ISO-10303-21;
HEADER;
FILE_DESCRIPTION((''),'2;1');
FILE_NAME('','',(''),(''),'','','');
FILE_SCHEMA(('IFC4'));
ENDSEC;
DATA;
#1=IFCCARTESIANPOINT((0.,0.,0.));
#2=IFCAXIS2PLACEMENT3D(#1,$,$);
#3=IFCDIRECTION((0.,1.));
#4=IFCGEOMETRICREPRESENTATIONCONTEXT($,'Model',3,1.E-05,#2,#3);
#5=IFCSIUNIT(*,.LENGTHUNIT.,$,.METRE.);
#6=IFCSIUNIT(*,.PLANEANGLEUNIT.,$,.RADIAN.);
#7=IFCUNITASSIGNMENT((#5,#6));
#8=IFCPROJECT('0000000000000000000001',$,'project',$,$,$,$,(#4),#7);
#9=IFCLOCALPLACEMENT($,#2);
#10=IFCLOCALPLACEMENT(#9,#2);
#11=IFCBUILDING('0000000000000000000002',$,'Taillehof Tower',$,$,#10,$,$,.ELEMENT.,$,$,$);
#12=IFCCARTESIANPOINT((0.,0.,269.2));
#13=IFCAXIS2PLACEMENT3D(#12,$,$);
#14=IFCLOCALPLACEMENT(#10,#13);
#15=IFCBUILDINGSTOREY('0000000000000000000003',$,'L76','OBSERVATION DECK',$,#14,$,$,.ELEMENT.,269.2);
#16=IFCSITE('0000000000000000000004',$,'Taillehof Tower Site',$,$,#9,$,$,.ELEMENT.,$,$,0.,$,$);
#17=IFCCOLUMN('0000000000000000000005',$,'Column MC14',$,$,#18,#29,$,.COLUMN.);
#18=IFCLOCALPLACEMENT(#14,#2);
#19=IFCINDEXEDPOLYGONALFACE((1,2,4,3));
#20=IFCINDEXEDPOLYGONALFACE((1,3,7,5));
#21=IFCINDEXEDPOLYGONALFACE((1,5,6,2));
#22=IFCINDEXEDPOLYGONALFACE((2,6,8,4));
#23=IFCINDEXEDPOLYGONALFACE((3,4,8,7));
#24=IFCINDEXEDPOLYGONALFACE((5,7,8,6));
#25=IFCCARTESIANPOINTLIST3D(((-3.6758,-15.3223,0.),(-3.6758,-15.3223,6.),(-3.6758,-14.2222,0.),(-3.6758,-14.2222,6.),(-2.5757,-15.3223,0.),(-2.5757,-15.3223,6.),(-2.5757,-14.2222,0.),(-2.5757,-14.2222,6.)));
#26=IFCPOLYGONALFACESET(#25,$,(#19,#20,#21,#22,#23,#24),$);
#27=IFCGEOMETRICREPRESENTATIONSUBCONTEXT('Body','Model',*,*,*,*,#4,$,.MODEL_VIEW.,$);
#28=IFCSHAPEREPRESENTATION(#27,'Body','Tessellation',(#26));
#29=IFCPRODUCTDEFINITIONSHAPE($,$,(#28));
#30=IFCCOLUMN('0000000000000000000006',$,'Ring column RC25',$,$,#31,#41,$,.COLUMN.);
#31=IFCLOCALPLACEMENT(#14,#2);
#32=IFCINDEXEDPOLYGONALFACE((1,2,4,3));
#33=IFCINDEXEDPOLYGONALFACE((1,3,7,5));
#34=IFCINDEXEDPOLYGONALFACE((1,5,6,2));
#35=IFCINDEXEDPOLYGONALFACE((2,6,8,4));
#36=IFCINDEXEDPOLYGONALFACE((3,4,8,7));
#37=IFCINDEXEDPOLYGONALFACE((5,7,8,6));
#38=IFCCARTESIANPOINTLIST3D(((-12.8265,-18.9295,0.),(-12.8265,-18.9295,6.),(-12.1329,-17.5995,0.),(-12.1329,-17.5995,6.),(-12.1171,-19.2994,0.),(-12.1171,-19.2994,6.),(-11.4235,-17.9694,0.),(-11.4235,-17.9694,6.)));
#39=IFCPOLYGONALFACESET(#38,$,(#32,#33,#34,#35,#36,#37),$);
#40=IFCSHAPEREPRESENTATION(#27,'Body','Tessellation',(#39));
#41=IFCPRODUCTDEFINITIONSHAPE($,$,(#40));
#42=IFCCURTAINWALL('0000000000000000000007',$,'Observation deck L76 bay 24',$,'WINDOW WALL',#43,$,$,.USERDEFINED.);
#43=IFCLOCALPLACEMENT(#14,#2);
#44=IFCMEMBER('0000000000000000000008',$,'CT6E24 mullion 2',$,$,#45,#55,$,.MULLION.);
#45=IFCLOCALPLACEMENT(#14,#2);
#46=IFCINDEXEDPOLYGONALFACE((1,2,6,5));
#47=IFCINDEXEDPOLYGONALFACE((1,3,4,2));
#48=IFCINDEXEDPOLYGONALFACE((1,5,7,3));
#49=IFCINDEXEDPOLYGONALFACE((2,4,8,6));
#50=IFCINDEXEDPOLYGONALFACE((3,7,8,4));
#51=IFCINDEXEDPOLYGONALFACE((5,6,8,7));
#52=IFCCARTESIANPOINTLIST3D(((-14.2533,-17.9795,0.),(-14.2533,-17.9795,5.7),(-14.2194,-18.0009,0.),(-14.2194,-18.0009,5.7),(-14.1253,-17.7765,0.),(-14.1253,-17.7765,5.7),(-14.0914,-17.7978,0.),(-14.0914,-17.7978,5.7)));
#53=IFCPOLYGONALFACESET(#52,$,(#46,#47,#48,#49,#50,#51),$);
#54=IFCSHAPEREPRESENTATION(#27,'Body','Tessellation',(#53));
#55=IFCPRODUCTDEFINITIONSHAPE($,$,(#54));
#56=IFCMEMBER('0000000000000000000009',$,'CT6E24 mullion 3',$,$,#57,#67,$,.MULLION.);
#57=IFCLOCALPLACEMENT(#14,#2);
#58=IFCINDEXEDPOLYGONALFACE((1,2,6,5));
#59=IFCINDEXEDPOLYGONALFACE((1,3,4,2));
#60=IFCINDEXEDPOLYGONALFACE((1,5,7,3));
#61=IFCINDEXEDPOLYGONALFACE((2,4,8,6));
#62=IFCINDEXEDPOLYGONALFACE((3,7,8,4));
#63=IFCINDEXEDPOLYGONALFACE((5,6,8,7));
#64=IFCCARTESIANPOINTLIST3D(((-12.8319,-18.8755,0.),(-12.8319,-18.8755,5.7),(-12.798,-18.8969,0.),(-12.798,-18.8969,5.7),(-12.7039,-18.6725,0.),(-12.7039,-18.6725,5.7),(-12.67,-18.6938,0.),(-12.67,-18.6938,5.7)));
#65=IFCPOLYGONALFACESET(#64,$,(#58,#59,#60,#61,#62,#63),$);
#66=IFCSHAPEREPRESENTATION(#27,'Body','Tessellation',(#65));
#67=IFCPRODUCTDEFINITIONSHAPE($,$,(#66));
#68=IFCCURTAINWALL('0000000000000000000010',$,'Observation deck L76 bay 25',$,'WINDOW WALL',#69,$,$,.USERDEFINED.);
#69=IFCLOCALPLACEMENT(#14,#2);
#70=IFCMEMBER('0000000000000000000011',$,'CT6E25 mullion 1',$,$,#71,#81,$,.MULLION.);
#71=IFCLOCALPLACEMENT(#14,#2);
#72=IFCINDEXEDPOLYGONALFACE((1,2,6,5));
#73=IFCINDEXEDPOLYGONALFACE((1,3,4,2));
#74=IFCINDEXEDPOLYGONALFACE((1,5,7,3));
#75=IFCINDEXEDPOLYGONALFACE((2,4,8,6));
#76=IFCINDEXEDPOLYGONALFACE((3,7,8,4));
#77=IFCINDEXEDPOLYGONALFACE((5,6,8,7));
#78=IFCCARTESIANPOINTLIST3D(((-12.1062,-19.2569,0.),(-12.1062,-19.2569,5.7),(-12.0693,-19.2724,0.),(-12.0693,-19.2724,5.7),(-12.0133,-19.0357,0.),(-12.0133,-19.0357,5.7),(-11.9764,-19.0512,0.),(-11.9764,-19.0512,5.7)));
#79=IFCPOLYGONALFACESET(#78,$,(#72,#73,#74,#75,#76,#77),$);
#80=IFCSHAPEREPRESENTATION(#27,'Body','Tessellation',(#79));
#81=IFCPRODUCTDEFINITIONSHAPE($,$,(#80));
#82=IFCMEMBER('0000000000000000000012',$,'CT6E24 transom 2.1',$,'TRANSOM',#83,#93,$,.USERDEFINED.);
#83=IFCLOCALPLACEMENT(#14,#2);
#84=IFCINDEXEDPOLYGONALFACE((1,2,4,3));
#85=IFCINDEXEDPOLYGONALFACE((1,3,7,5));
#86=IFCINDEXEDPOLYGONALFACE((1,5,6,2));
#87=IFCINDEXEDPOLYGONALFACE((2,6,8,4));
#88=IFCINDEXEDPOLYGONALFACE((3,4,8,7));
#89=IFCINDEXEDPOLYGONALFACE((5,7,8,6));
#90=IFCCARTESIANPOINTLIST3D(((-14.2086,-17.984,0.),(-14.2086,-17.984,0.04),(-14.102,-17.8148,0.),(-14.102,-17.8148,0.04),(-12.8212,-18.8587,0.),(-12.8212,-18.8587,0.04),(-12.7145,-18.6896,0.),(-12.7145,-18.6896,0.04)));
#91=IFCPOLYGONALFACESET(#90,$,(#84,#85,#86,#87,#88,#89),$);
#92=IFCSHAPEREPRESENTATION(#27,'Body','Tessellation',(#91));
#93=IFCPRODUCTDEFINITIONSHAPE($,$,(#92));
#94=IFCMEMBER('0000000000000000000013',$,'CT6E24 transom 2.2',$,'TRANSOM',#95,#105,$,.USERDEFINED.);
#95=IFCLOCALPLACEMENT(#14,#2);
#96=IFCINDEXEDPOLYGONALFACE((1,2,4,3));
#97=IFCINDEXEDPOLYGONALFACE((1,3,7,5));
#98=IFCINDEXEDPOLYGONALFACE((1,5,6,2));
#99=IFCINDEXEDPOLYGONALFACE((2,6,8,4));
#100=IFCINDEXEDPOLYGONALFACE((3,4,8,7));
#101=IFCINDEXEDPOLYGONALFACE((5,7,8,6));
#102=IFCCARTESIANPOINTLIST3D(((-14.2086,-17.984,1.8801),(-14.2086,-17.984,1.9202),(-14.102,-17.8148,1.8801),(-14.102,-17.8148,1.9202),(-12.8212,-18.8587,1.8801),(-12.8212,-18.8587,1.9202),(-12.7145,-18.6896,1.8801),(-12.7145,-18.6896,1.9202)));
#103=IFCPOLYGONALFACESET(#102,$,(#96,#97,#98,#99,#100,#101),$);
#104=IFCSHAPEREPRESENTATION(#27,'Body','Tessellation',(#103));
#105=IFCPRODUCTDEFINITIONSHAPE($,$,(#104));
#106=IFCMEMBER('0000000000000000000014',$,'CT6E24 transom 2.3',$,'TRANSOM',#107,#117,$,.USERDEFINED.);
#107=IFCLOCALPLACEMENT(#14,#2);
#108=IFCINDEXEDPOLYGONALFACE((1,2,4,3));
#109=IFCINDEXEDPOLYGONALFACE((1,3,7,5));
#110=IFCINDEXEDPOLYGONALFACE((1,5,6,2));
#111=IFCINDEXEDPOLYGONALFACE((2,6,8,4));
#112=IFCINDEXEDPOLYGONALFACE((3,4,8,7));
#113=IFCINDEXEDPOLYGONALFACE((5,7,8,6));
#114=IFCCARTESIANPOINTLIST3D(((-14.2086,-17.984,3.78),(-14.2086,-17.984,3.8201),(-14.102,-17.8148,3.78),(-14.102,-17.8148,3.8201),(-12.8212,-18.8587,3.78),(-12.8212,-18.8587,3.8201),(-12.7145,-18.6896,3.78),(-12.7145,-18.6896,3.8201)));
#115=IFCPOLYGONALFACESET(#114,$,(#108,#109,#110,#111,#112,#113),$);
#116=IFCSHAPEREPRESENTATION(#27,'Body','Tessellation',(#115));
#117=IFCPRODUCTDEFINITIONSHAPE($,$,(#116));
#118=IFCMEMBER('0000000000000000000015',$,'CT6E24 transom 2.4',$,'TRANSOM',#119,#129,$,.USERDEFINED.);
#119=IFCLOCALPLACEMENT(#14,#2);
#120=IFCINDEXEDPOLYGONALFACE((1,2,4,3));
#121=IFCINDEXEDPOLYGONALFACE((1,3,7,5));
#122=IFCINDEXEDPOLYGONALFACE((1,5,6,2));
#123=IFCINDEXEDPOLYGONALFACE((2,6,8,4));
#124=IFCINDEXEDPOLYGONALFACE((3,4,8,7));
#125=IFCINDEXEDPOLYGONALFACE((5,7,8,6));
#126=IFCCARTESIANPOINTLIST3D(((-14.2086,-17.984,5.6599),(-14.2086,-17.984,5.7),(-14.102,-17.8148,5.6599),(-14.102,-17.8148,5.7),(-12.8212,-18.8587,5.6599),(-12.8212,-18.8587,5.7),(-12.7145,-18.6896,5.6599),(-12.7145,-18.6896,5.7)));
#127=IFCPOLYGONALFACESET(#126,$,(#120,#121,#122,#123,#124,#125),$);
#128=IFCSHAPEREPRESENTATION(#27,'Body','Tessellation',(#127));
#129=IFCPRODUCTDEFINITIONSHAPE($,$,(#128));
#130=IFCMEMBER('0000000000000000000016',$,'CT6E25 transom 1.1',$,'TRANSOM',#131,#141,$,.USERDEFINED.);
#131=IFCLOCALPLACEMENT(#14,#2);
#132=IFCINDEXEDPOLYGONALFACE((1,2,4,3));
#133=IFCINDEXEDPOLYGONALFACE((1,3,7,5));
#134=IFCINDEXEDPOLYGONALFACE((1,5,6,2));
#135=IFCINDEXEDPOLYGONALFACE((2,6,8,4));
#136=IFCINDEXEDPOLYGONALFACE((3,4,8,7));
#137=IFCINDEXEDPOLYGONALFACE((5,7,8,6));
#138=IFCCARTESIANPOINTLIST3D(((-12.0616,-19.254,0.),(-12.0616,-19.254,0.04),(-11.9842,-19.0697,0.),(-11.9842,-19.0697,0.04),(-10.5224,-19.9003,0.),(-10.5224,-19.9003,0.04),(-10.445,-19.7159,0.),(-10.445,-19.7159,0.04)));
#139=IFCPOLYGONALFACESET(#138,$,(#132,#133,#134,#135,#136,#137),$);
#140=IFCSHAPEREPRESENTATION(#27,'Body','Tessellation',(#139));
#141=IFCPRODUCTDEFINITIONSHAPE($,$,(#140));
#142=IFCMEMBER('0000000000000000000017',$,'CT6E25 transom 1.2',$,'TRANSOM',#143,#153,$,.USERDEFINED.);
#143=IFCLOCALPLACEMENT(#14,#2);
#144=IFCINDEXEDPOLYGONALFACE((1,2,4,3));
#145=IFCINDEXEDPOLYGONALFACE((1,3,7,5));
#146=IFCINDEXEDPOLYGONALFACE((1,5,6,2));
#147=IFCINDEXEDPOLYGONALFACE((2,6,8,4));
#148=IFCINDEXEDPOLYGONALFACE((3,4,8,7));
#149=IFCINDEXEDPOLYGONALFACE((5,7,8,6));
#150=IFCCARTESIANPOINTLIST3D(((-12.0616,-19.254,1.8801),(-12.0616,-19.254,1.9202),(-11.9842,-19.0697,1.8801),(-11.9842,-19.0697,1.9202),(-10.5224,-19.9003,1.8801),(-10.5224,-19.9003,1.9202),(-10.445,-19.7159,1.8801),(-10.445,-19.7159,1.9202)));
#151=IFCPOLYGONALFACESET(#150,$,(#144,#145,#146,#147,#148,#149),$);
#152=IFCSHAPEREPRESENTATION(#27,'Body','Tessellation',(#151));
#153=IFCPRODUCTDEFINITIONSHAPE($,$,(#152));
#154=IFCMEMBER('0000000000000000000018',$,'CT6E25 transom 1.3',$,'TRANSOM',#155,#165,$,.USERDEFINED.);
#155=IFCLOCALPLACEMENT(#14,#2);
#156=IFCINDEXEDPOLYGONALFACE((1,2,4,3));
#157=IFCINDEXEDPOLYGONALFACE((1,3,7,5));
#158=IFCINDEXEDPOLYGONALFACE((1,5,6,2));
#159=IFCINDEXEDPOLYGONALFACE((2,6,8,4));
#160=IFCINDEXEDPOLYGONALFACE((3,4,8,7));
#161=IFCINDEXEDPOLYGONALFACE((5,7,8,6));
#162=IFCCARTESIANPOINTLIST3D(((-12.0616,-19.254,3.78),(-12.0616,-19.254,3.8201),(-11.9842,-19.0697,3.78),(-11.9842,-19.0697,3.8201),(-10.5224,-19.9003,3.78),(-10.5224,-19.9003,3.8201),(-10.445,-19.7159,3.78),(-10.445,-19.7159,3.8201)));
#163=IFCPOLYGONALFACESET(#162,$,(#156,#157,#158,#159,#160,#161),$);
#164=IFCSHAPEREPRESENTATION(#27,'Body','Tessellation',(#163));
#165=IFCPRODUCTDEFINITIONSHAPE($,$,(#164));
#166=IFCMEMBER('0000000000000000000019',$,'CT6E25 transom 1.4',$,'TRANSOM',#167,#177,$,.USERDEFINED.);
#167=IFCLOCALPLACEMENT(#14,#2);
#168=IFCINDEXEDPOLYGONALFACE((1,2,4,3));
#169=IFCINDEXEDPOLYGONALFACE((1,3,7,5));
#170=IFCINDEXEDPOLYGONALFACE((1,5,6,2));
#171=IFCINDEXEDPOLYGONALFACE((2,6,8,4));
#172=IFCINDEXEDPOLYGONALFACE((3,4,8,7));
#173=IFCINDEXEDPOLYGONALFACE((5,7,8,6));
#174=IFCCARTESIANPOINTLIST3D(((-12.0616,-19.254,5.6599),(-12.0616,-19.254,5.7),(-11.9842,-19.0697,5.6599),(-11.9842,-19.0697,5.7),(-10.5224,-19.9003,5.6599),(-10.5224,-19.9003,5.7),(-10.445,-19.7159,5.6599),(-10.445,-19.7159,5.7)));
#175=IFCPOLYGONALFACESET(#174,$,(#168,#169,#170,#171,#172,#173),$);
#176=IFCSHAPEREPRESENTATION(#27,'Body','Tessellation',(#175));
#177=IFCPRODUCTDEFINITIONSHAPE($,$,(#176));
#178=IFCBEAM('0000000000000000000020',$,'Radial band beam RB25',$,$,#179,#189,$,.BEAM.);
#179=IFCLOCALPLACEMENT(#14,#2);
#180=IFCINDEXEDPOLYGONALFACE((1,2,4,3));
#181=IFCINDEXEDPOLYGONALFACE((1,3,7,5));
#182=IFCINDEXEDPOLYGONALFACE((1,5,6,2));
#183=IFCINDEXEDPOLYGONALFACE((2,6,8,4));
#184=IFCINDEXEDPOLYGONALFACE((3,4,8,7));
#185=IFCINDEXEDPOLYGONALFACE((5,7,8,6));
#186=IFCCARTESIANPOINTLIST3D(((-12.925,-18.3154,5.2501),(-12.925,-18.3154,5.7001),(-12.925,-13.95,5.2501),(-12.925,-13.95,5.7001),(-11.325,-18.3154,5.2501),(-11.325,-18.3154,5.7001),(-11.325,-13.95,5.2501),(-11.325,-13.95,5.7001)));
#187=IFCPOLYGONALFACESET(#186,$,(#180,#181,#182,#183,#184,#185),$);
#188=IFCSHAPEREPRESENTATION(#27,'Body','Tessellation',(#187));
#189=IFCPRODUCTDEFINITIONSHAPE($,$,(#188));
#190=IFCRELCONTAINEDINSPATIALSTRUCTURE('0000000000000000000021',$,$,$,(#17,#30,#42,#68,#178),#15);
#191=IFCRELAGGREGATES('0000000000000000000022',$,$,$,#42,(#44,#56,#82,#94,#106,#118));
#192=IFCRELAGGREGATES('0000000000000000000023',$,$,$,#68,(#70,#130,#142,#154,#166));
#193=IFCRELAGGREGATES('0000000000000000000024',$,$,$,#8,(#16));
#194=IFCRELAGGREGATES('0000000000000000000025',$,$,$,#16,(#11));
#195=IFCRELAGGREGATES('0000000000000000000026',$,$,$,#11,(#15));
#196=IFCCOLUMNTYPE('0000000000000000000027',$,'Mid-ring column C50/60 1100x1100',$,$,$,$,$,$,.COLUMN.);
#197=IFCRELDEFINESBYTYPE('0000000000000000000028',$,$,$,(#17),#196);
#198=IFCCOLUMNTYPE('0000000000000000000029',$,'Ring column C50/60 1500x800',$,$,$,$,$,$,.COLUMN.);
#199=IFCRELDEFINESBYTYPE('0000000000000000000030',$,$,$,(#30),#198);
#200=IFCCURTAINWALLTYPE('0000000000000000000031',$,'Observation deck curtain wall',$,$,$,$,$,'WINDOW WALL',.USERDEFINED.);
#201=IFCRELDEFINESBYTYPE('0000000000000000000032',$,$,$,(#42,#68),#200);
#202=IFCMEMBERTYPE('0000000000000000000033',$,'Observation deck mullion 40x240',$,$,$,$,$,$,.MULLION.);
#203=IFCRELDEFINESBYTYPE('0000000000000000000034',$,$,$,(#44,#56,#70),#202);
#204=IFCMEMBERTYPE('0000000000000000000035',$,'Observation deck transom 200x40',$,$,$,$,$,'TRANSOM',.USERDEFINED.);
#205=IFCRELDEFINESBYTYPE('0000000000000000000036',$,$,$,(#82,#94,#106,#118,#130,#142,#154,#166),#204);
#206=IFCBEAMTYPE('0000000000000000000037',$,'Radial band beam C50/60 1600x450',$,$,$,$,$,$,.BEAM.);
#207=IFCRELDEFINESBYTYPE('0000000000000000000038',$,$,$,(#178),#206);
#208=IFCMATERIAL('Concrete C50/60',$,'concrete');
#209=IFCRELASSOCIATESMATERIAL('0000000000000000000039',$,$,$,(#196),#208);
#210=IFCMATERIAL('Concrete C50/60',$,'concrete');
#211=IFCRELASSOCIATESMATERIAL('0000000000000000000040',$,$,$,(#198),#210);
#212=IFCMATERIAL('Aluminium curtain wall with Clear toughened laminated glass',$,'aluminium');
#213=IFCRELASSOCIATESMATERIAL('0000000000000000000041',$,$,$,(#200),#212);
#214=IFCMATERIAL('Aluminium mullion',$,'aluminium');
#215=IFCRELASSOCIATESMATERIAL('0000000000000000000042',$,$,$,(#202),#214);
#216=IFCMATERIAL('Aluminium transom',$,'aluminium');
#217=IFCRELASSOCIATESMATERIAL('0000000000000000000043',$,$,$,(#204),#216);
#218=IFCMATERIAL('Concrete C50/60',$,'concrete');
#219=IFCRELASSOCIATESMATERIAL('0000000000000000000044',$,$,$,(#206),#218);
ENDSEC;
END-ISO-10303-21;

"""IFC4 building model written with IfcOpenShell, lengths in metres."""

from ifc_helpers import new_model, si_unit, direction, frame, origin, origin_2d, place, context, subcontext, project, spatial, rectangle, extrude, material, material_profile, profile_set, type_object, element, aggregate, save


model = new_model("IFC4")

# Units and contexts
model_context = context("Model", 3, precision=1e-05, world=origin(), true_north=direction((0.0, 1.0)))
body_context = subcontext(model_context, "Body", "Model", "MODEL_VIEW")
ifc_project = project(units=[si_unit("LENGTHUNIT", "METRE"), si_unit("PLANEANGLEUNIT", "RADIAN")], contexts=[model_context])

# Site, building, storey
site_placement = place(None, origin())
site = spatial("IfcSite", under=ifc_project, at=site_placement, Name="Taillehof Tower Site", CompositionType="ELEMENT", RefElevation=0.0)
building_placement = place(site_placement, origin())
building = spatial("IfcBuilding", under=site, at=building_placement, Name="Taillehof Tower", CompositionType="ELEMENT")
storey_placement = place(building_placement, frame((0.0, 0.0, 269.2)))
storey = spatial("IfcBuildingStorey", under=building, at=storey_placement, Name="L76", Description="OBSERVATION DECK", CompositionType="ELEMENT", Elevation=269.2)

# Columns
ifc_material_1 = material(Name="Concrete C50/60", Category="concrete")
ifc_material_profile_1 = material_profile(ifc_material_1, rectangle(XDim=1.1001, YDim=1.1001, at=origin_2d()), Name="RC 1100x1100")
ifc_profile_set_1 = profile_set([ifc_material_profile_1], Name="Concrete C50/60")
column_type_1 = type_object("IfcColumnType", Name="Mid-ring column C50/60 1100x1100", PredefinedType="COLUMN", material=ifc_profile_set_1)
column_1_placement = place(storey_placement, frame((-3.1257, -14.7722, 0.0), z_axis=(0.0, 0.0, 1.0), x_axis=(1.0, 0.0, 0.0)))
element("IfcColumn", 1, at=column_1_placement, inside=storey, type_object=column_type_1, Name="Column MC14", PredefinedType="COLUMN", context=body_context, shape_type="SweptSolid", body=[
    extrude(rectangle(XDim=1.1001, YDim=1.1001, at=origin_2d()), origin(), (0.0, 0.0, 1.0), 6.0),
])
ifc_material_2 = material(Name="Concrete C50/60", Category="concrete")
ifc_material_profile_2 = material_profile(ifc_material_2, rectangle(XDim=1.5, YDim=0.8, at=origin_2d()), Name="RC 1500x800")
ifc_profile_set_2 = profile_set([ifc_material_profile_2], Name="Concrete C50/60")
column_type_2 = type_object("IfcColumnType", Name="Ring column C50/60 1500x800", PredefinedType="COLUMN", material=ifc_profile_set_2)
column_2_placement = place(storey_placement, frame((-12.125, -18.4495, 0.0), z_axis=(0.0, 0.0, 1.0), x_axis=(-0.462384, -0.88668, 0.0)))
element("IfcColumn", 2, at=column_2_placement, inside=storey, type_object=column_type_2, Name="Ring column RC25", PredefinedType="COLUMN", context=body_context, shape_type="SweptSolid", body=[
    extrude(rectangle(XDim=1.5, YDim=0.8, at=origin_2d()), origin(), (0.0, 0.0, 1.0), 6.0),
])

# Curtain wall, members
ifc_material_3 = material(Name="Aluminium curtain wall with Clear toughened laminated glass", Category="aluminium")
curtain_wall_type = type_object("IfcCurtainWallType", Name="Observation deck curtain wall", ElementType="WINDOW WALL", PredefinedType="USERDEFINED", material=ifc_material_3)
curtain_wall_1_placement = place(storey_placement, origin())
curtain_wall_1 = element("IfcCurtainWall", 3, at=curtain_wall_1_placement, inside=storey, type_object=curtain_wall_type, Name="Observation deck L76 bay 24", ObjectType="WINDOW WALL", PredefinedType="USERDEFINED")
ifc_material_4 = material(Name="Aluminium mullion", Category="aluminium")
ifc_material_profile_3 = material_profile(ifc_material_4, rectangle(XDim=0.24, YDim=0.04, at=origin_2d()), Name="AL 40x240")
ifc_profile_set_3 = profile_set([ifc_material_profile_3], Name="Aluminium mullion")
member_type_1 = type_object("IfcMemberType", Name="Observation deck mullion 40x240", PredefinedType="MULLION", material=ifc_profile_set_3)
member_1_placement = place(storey_placement, frame((-14.1724, -17.8887, 0.0), z_axis=(0.0, 0.0, 1.0), x_axis=(0.533294, 0.84593, 0.0)))
member_1 = element("IfcMember", 4, at=member_1_placement, type_object=member_type_1, Name="CT6E24 mullion 2", PredefinedType="MULLION", context=body_context, shape_type="SweptSolid", body=[
    extrude(rectangle(XDim=0.24, YDim=0.04, at=origin_2d()), origin(), (0.0, 0.0, 1.0), 5.7),
])
member_2_placement = place(storey_placement, frame((-12.751, -18.7847, 0.0), z_axis=(0.0, 0.0, 1.0), x_axis=(0.533294, 0.84593, 0.0)))
member_2 = element("IfcMember", 5, at=member_2_placement, type_object=member_type_1, Name="CT6E24 mullion 3", PredefinedType="MULLION", context=body_context, shape_type="SweptSolid", body=[
    extrude(rectangle(XDim=0.24, YDim=0.04, at=origin_2d()), origin(), (0.0, 0.0, 1.0), 5.7),
])

# Curtain wall, member
curtain_wall_2_placement = place(storey_placement, origin())
curtain_wall_2 = element("IfcCurtainWall", 6, at=curtain_wall_2_placement, inside=storey, type_object=curtain_wall_type, Name="Observation deck L76 bay 25", ObjectType="WINDOW WALL", PredefinedType="USERDEFINED")
member_3_placement = place(storey_placement, frame((-12.0413, -19.1541, 0.0), z_axis=(0.0, 0.0, 1.0), x_axis=(0.387101, 0.922037, 0.0)))
member_3 = element("IfcMember", 7, at=member_3_placement, type_object=member_type_1, Name="CT6E25 mullion 1", PredefinedType="MULLION", context=body_context, shape_type="SweptSolid", body=[
    extrude(rectangle(XDim=0.24, YDim=0.04, at=origin_2d()), origin(), (0.0, 0.0, 1.0), 5.7),
])

# Members
ifc_material_5 = material(Name="Aluminium transom", Category="aluminium")
ifc_material_profile_4 = material_profile(ifc_material_5, rectangle(XDim=0.2, YDim=0.04, at=origin_2d()), Name="AL 200x40")
ifc_profile_set_4 = profile_set([ifc_material_profile_4], Name="Aluminium transom")
member_type_2 = type_object("IfcMemberType", Name="Observation deck transom 200x40", ElementType="TRANSOM", PredefinedType="USERDEFINED", material=ifc_profile_set_4)
member_4_placement = place(storey_placement, frame((-14.1553, -17.8994, 0.02), z_axis=(0.84591, -0.533326, 0.0), x_axis=(0.533326, 0.84591, 0.0)))
member_4 = element("IfcMember", 8, at=member_4_placement, type_object=member_type_2, Name="CT6E24 transom 2.1", ObjectType="TRANSOM", PredefinedType="USERDEFINED", context=body_context, shape_type="SweptSolid", body=[
    extrude(rectangle(XDim=0.2, YDim=0.04, at=origin_2d()), origin(), (0.0, 0.0, 1.0), 1.6401),
])
member_5_placement = place(storey_placement, frame((-14.1553, -17.8994, 1.9001), z_axis=(0.84591, -0.533326, 0.0), x_axis=(0.533326, 0.84591, 0.0)))
member_5 = element("IfcMember", 9, at=member_5_placement, type_object=member_type_2, Name="CT6E24 transom 2.2", ObjectType="TRANSOM", PredefinedType="USERDEFINED", context=body_context, shape_type="SweptSolid", body=[
    extrude(rectangle(XDim=0.2, YDim=0.04, at=origin_2d()), origin(), (0.0, 0.0, 1.0), 1.6401),
])
member_6_placement = place(storey_placement, frame((-14.1553, -17.8994, 3.8), z_axis=(0.84591, -0.533326, 0.0), x_axis=(0.533326, 0.84591, 0.0)))
member_6 = element("IfcMember", 10, at=member_6_placement, type_object=member_type_2, Name="CT6E24 transom 2.3", ObjectType="TRANSOM", PredefinedType="USERDEFINED", context=body_context, shape_type="SweptSolid", body=[
    extrude(rectangle(XDim=0.2, YDim=0.04, at=origin_2d()), origin(), (0.0, 0.0, 1.0), 1.6401),
])
member_7_placement = place(storey_placement, frame((-14.1553, -17.8994, 5.6799), z_axis=(0.84591, -0.533326, 0.0), x_axis=(0.533326, 0.84591, 0.0)))
member_7 = element("IfcMember", 11, at=member_7_placement, type_object=member_type_2, Name="CT6E24 transom 2.4", ObjectType="TRANSOM", PredefinedType="USERDEFINED", context=body_context, shape_type="SweptSolid", body=[
    extrude(rectangle(XDim=0.2, YDim=0.04, at=origin_2d()), origin(), (0.0, 0.0, 1.0), 1.6401),
])
member_8_placement = place(storey_placement, frame((-12.0229, -19.1619, 0.02), z_axis=(0.92204, -0.387096, 0.0), x_axis=(0.387096, 0.92204, 0.0)))
member_8 = element("IfcMember", 12, at=member_8_placement, type_object=member_type_2, Name="CT6E25 transom 1.1", ObjectType="TRANSOM", PredefinedType="USERDEFINED", context=body_context, shape_type="SweptSolid", body=[
    extrude(rectangle(XDim=0.2, YDim=0.04, at=origin_2d()), origin(), (0.0, 0.0, 1.0), 1.6694),
])
member_9_placement = place(storey_placement, frame((-12.0229, -19.1619, 1.9001), z_axis=(0.92204, -0.387096, 0.0), x_axis=(0.387096, 0.92204, 0.0)))
member_9 = element("IfcMember", 13, at=member_9_placement, type_object=member_type_2, Name="CT6E25 transom 1.2", ObjectType="TRANSOM", PredefinedType="USERDEFINED", context=body_context, shape_type="SweptSolid", body=[
    extrude(rectangle(XDim=0.2, YDim=0.04, at=origin_2d()), origin(), (0.0, 0.0, 1.0), 1.6694),
])
member_10_placement = place(storey_placement, frame((-12.0229, -19.1619, 3.8), z_axis=(0.92204, -0.387096, 0.0), x_axis=(0.387096, 0.92204, 0.0)))
member_10 = element("IfcMember", 14, at=member_10_placement, type_object=member_type_2, Name="CT6E25 transom 1.3", ObjectType="TRANSOM", PredefinedType="USERDEFINED", context=body_context, shape_type="SweptSolid", body=[
    extrude(rectangle(XDim=0.2, YDim=0.04, at=origin_2d()), origin(), (0.0, 0.0, 1.0), 1.6694),
])
member_11_placement = place(storey_placement, frame((-12.0229, -19.1619, 5.6799), z_axis=(0.92204, -0.387096, 0.0), x_axis=(0.387096, 0.92204, 0.0)))
member_11 = element("IfcMember", 15, at=member_11_placement, type_object=member_type_2, Name="CT6E25 transom 1.4", ObjectType="TRANSOM", PredefinedType="USERDEFINED", context=body_context, shape_type="SweptSolid", body=[
    extrude(rectangle(XDim=0.2, YDim=0.04, at=origin_2d()), origin(), (0.0, 0.0, 1.0), 1.6694),
])

# Beam
ifc_material_6 = material(Name="Concrete C50/60", Category="concrete")
ifc_material_profile_5 = material_profile(ifc_material_6, rectangle(XDim=1.6001, YDim=0.45, at=origin_2d()), Name="RC 1600x450")
ifc_profile_set_5 = profile_set([ifc_material_profile_5], Name="Concrete C50/60")
beam_type_1 = type_object("IfcBeamType", Name="Radial band beam C50/60 1600x450", PredefinedType="BEAM", material=ifc_profile_set_5)
beam_1_placement = place(storey_placement, frame((-12.125, -18.3154, 5.4751), z_axis=(0.0, 1.0, 0.0), x_axis=(-1.0, 0.0, 0.0)))
element("IfcBeam", 16, at=beam_1_placement, inside=storey, type_object=beam_type_1, Name="Radial band beam RB25", PredefinedType="BEAM", context=body_context, shape_type="SweptSolid", body=[
    extrude(rectangle(XDim=1.6001, YDim=0.45, at=origin_2d()), origin(), (0.0, 0.0, 1.0), 4.3655),
])

aggregate(curtain_wall_1, [member_1, member_2, member_4, member_5, member_6, member_7])
aggregate(curtain_wall_2, [member_3, member_8, member_9, member_10, member_11])

save(model, "model.ifc")
